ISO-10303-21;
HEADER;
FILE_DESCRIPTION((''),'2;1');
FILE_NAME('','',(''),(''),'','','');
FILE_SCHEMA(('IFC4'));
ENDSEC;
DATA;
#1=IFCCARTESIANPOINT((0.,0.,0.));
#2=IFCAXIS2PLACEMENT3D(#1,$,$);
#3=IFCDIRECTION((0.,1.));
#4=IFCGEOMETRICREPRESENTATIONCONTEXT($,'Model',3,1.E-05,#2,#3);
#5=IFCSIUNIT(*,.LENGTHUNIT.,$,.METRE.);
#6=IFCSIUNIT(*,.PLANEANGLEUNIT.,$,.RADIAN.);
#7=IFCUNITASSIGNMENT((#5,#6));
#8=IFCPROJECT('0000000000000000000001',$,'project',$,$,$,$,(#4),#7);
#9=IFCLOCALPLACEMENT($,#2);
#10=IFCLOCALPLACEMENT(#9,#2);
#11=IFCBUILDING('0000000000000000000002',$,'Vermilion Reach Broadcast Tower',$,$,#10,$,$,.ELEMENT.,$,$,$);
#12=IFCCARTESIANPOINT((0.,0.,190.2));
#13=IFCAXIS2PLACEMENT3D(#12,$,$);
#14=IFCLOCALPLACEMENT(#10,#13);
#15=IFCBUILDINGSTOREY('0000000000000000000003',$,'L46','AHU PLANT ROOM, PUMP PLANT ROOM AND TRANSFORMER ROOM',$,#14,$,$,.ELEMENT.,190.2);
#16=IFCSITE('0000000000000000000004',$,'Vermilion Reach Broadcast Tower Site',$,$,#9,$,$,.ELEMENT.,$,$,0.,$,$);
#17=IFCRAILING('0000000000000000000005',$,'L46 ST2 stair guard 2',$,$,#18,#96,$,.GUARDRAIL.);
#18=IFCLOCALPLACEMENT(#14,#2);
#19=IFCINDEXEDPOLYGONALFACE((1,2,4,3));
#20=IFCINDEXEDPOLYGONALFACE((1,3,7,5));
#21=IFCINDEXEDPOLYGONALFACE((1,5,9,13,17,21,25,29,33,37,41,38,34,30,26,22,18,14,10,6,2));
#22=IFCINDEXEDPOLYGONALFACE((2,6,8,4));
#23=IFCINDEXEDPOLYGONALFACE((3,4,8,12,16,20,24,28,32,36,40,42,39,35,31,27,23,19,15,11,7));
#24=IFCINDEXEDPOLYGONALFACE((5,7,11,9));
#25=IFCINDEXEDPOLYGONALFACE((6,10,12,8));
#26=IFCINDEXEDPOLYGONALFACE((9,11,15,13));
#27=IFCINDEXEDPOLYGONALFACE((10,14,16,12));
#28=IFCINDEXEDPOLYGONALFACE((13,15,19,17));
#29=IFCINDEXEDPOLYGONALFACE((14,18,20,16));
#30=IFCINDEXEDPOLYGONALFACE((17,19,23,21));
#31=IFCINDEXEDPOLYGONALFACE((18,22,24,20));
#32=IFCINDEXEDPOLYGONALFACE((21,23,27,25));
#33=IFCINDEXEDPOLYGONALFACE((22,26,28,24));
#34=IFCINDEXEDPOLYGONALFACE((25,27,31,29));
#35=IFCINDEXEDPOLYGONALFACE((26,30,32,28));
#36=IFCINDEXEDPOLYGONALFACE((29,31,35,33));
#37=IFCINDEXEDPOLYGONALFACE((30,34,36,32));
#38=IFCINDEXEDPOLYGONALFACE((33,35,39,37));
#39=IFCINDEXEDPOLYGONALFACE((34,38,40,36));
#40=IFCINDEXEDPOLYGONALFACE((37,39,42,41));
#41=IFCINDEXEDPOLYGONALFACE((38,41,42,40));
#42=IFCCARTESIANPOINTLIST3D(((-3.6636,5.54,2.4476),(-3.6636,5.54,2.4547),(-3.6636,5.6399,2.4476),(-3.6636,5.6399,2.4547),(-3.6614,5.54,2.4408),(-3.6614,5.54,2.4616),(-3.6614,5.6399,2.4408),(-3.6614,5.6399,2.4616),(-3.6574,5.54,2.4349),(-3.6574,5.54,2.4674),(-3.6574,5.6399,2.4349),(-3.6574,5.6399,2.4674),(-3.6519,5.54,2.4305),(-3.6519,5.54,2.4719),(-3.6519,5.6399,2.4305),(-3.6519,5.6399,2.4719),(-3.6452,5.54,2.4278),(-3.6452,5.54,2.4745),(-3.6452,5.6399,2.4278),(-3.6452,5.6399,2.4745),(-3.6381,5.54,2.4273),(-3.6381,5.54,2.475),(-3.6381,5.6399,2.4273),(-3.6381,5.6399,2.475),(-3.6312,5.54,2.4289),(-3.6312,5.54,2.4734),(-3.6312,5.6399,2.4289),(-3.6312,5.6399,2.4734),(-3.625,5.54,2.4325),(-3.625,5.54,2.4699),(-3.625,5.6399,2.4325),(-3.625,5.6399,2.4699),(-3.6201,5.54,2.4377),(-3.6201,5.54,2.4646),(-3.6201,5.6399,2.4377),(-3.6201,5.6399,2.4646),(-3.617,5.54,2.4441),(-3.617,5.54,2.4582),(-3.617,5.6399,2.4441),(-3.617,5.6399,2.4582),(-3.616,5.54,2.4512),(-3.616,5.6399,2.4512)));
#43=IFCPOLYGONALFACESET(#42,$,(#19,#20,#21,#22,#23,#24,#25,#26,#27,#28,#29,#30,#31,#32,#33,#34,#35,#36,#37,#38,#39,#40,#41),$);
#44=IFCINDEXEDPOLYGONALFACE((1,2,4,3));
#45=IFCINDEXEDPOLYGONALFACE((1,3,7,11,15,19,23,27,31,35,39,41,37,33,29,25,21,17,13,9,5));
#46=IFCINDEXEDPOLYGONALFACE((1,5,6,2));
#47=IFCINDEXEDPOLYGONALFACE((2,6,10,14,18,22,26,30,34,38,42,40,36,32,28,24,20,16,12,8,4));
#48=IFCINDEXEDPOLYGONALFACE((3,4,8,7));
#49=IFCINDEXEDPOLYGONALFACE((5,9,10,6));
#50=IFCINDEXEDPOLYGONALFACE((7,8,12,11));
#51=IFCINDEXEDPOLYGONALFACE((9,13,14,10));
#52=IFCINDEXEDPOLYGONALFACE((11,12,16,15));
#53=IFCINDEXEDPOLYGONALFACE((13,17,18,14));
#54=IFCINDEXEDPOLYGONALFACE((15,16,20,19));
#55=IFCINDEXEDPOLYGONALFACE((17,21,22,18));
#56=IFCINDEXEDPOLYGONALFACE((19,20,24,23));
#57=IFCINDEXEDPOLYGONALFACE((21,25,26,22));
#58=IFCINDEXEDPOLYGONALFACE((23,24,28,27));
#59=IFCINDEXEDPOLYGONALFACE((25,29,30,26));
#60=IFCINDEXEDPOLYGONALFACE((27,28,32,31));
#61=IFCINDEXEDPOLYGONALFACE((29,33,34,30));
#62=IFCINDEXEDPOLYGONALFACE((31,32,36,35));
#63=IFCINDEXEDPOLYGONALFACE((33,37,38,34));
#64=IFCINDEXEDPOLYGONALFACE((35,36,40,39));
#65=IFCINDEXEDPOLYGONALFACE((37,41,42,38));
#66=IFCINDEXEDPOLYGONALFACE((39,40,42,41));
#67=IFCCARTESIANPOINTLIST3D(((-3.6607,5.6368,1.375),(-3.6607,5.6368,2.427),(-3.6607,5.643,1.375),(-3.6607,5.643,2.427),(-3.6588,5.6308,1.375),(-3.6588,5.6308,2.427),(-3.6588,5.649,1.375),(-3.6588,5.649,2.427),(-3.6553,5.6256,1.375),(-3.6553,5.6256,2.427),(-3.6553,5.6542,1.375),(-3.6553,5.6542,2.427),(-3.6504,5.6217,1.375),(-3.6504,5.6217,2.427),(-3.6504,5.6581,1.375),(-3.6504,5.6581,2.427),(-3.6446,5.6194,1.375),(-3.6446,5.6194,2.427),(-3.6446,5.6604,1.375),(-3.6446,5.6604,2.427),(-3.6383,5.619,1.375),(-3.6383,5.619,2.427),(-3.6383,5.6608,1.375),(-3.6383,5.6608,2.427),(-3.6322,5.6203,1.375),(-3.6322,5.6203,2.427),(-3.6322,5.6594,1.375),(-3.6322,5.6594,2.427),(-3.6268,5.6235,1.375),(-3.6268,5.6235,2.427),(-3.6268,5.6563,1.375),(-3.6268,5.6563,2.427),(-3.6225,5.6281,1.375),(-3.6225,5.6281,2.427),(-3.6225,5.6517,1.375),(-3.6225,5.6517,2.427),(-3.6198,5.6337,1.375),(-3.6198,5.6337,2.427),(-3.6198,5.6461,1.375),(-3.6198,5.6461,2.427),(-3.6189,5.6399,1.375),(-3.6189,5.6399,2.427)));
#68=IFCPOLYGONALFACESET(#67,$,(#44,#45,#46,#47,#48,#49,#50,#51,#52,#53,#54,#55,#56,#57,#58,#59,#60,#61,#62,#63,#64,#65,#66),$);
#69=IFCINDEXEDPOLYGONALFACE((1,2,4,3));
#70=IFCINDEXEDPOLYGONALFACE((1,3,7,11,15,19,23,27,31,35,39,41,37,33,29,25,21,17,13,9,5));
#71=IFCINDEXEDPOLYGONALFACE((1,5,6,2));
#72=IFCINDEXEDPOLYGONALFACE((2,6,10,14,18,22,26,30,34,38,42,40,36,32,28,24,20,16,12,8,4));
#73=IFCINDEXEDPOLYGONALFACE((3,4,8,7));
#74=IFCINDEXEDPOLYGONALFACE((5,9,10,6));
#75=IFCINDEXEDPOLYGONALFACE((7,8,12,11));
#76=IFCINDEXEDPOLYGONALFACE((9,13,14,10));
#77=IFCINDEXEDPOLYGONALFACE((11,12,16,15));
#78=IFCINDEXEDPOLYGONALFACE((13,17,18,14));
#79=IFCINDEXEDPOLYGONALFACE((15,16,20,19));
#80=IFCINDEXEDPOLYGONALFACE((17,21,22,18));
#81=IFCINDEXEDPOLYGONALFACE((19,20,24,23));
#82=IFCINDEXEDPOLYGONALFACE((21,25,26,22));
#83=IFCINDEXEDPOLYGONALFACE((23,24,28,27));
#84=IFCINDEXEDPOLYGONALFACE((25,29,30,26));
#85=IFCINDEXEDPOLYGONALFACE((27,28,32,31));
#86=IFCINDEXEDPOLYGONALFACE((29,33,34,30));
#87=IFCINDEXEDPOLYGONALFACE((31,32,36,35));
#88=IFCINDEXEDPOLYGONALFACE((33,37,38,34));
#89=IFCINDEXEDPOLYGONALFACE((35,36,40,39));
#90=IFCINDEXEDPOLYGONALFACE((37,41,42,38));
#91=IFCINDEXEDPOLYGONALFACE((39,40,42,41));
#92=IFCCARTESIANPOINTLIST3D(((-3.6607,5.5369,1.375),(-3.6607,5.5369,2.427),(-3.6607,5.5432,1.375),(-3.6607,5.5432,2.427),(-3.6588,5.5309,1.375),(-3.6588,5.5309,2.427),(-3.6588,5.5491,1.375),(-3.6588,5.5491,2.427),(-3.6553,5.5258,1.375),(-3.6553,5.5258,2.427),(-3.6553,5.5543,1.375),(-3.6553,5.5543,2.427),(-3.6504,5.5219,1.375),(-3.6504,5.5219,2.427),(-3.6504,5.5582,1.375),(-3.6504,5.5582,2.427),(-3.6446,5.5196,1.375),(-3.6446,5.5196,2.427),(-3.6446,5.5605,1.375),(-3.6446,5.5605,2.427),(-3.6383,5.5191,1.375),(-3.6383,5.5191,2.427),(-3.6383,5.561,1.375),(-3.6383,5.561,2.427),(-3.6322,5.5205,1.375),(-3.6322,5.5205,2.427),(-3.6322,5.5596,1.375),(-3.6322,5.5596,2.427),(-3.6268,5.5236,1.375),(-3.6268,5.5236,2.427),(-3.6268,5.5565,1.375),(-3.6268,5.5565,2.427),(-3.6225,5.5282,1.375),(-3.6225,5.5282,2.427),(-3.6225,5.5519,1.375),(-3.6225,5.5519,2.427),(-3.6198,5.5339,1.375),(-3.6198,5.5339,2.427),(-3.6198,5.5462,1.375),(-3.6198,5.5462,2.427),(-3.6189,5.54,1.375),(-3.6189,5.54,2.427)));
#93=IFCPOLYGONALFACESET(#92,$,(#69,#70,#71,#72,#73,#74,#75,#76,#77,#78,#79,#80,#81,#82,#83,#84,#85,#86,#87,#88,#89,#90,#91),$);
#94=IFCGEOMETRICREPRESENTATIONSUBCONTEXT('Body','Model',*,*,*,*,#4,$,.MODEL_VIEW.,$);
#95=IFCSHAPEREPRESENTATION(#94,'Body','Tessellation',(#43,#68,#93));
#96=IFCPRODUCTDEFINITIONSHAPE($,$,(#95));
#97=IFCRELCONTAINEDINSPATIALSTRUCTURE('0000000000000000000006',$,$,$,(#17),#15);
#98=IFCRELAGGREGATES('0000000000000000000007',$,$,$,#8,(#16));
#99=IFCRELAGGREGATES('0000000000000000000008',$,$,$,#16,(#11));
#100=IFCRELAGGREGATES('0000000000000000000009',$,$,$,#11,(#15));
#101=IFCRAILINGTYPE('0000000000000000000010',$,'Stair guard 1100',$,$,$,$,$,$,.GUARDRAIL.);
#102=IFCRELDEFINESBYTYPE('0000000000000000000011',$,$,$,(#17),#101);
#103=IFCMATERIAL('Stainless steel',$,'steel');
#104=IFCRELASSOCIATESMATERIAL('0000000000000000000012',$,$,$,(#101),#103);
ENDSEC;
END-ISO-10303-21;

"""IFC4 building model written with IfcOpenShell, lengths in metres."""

from ifc_helpers import new_model, si_unit, direction, frame, origin, origin_2d, place, context, subcontext, project, spatial, circle, extrude, material, type_object, element, save


model = new_model("IFC4")

# Units and contexts
model_context = context("Model", 3, precision=1e-05, world=origin(), true_north=direction((0.0, 1.0)))
body_context = subcontext(model_context, "Body", "Model", "MODEL_VIEW")
ifc_project = project(units=[si_unit("LENGTHUNIT", "METRE"), si_unit("PLANEANGLEUNIT", "RADIAN")], contexts=[model_context])

# Site, building, storey
site_placement = place(None, origin())
site = spatial("IfcSite", under=ifc_project, at=site_placement, Name="Vermilion Reach Broadcast Tower Site", CompositionType="ELEMENT", RefElevation=0.0)
building_placement = place(site_placement, origin())
building = spatial("IfcBuilding", under=site, at=building_placement, Name="Vermilion Reach Broadcast Tower", CompositionType="ELEMENT")
storey_placement = place(building_placement, frame((0.0, 0.0, 190.2)))
storey = spatial("IfcBuildingStorey", under=building, at=storey_placement, Name="L46", Description="AHU PLANT ROOM, PUMP PLANT ROOM AND TRANSFORMER ROOM", CompositionType="ELEMENT", Elevation=190.2)

# Railing
ifc_material_1 = material(Name="Stainless steel", Category="steel")
railing_type_1 = type_object("IfcRailingType", Name="Stair guard 1100", PredefinedType="GUARDRAIL", material=ifc_material_1)
railing_1_placement = place(storey_placement, frame((-3.6399, 5.6399, 1.375)))
element("IfcRailing", 1, at=railing_1_placement, inside=storey, type_object=railing_type_1, Name="L46 ST2 stair guard 2", PredefinedType="GUARDRAIL", context=body_context, shape_type="SweptSolid", body=[
    extrude(circle(Radius=0.0239, at=origin_2d()), frame((0.0, 0.0, 1.0762), z_axis=(0.0, -1.0, 0.0), x_axis=(1.0, 0.0, 0.0)), (0.0, 0.0, 1.0), 0.0999),
    extrude(circle(Radius=0.021, at=origin_2d()), origin(), (0.0, 0.0, 1.0), 1.052),
    extrude(circle(Radius=0.021, at=origin_2d()), frame((0.0, -0.0999, 0.0)), (0.0, 0.0, 1.0), 1.052),
])

save(model, "model.ifc")
